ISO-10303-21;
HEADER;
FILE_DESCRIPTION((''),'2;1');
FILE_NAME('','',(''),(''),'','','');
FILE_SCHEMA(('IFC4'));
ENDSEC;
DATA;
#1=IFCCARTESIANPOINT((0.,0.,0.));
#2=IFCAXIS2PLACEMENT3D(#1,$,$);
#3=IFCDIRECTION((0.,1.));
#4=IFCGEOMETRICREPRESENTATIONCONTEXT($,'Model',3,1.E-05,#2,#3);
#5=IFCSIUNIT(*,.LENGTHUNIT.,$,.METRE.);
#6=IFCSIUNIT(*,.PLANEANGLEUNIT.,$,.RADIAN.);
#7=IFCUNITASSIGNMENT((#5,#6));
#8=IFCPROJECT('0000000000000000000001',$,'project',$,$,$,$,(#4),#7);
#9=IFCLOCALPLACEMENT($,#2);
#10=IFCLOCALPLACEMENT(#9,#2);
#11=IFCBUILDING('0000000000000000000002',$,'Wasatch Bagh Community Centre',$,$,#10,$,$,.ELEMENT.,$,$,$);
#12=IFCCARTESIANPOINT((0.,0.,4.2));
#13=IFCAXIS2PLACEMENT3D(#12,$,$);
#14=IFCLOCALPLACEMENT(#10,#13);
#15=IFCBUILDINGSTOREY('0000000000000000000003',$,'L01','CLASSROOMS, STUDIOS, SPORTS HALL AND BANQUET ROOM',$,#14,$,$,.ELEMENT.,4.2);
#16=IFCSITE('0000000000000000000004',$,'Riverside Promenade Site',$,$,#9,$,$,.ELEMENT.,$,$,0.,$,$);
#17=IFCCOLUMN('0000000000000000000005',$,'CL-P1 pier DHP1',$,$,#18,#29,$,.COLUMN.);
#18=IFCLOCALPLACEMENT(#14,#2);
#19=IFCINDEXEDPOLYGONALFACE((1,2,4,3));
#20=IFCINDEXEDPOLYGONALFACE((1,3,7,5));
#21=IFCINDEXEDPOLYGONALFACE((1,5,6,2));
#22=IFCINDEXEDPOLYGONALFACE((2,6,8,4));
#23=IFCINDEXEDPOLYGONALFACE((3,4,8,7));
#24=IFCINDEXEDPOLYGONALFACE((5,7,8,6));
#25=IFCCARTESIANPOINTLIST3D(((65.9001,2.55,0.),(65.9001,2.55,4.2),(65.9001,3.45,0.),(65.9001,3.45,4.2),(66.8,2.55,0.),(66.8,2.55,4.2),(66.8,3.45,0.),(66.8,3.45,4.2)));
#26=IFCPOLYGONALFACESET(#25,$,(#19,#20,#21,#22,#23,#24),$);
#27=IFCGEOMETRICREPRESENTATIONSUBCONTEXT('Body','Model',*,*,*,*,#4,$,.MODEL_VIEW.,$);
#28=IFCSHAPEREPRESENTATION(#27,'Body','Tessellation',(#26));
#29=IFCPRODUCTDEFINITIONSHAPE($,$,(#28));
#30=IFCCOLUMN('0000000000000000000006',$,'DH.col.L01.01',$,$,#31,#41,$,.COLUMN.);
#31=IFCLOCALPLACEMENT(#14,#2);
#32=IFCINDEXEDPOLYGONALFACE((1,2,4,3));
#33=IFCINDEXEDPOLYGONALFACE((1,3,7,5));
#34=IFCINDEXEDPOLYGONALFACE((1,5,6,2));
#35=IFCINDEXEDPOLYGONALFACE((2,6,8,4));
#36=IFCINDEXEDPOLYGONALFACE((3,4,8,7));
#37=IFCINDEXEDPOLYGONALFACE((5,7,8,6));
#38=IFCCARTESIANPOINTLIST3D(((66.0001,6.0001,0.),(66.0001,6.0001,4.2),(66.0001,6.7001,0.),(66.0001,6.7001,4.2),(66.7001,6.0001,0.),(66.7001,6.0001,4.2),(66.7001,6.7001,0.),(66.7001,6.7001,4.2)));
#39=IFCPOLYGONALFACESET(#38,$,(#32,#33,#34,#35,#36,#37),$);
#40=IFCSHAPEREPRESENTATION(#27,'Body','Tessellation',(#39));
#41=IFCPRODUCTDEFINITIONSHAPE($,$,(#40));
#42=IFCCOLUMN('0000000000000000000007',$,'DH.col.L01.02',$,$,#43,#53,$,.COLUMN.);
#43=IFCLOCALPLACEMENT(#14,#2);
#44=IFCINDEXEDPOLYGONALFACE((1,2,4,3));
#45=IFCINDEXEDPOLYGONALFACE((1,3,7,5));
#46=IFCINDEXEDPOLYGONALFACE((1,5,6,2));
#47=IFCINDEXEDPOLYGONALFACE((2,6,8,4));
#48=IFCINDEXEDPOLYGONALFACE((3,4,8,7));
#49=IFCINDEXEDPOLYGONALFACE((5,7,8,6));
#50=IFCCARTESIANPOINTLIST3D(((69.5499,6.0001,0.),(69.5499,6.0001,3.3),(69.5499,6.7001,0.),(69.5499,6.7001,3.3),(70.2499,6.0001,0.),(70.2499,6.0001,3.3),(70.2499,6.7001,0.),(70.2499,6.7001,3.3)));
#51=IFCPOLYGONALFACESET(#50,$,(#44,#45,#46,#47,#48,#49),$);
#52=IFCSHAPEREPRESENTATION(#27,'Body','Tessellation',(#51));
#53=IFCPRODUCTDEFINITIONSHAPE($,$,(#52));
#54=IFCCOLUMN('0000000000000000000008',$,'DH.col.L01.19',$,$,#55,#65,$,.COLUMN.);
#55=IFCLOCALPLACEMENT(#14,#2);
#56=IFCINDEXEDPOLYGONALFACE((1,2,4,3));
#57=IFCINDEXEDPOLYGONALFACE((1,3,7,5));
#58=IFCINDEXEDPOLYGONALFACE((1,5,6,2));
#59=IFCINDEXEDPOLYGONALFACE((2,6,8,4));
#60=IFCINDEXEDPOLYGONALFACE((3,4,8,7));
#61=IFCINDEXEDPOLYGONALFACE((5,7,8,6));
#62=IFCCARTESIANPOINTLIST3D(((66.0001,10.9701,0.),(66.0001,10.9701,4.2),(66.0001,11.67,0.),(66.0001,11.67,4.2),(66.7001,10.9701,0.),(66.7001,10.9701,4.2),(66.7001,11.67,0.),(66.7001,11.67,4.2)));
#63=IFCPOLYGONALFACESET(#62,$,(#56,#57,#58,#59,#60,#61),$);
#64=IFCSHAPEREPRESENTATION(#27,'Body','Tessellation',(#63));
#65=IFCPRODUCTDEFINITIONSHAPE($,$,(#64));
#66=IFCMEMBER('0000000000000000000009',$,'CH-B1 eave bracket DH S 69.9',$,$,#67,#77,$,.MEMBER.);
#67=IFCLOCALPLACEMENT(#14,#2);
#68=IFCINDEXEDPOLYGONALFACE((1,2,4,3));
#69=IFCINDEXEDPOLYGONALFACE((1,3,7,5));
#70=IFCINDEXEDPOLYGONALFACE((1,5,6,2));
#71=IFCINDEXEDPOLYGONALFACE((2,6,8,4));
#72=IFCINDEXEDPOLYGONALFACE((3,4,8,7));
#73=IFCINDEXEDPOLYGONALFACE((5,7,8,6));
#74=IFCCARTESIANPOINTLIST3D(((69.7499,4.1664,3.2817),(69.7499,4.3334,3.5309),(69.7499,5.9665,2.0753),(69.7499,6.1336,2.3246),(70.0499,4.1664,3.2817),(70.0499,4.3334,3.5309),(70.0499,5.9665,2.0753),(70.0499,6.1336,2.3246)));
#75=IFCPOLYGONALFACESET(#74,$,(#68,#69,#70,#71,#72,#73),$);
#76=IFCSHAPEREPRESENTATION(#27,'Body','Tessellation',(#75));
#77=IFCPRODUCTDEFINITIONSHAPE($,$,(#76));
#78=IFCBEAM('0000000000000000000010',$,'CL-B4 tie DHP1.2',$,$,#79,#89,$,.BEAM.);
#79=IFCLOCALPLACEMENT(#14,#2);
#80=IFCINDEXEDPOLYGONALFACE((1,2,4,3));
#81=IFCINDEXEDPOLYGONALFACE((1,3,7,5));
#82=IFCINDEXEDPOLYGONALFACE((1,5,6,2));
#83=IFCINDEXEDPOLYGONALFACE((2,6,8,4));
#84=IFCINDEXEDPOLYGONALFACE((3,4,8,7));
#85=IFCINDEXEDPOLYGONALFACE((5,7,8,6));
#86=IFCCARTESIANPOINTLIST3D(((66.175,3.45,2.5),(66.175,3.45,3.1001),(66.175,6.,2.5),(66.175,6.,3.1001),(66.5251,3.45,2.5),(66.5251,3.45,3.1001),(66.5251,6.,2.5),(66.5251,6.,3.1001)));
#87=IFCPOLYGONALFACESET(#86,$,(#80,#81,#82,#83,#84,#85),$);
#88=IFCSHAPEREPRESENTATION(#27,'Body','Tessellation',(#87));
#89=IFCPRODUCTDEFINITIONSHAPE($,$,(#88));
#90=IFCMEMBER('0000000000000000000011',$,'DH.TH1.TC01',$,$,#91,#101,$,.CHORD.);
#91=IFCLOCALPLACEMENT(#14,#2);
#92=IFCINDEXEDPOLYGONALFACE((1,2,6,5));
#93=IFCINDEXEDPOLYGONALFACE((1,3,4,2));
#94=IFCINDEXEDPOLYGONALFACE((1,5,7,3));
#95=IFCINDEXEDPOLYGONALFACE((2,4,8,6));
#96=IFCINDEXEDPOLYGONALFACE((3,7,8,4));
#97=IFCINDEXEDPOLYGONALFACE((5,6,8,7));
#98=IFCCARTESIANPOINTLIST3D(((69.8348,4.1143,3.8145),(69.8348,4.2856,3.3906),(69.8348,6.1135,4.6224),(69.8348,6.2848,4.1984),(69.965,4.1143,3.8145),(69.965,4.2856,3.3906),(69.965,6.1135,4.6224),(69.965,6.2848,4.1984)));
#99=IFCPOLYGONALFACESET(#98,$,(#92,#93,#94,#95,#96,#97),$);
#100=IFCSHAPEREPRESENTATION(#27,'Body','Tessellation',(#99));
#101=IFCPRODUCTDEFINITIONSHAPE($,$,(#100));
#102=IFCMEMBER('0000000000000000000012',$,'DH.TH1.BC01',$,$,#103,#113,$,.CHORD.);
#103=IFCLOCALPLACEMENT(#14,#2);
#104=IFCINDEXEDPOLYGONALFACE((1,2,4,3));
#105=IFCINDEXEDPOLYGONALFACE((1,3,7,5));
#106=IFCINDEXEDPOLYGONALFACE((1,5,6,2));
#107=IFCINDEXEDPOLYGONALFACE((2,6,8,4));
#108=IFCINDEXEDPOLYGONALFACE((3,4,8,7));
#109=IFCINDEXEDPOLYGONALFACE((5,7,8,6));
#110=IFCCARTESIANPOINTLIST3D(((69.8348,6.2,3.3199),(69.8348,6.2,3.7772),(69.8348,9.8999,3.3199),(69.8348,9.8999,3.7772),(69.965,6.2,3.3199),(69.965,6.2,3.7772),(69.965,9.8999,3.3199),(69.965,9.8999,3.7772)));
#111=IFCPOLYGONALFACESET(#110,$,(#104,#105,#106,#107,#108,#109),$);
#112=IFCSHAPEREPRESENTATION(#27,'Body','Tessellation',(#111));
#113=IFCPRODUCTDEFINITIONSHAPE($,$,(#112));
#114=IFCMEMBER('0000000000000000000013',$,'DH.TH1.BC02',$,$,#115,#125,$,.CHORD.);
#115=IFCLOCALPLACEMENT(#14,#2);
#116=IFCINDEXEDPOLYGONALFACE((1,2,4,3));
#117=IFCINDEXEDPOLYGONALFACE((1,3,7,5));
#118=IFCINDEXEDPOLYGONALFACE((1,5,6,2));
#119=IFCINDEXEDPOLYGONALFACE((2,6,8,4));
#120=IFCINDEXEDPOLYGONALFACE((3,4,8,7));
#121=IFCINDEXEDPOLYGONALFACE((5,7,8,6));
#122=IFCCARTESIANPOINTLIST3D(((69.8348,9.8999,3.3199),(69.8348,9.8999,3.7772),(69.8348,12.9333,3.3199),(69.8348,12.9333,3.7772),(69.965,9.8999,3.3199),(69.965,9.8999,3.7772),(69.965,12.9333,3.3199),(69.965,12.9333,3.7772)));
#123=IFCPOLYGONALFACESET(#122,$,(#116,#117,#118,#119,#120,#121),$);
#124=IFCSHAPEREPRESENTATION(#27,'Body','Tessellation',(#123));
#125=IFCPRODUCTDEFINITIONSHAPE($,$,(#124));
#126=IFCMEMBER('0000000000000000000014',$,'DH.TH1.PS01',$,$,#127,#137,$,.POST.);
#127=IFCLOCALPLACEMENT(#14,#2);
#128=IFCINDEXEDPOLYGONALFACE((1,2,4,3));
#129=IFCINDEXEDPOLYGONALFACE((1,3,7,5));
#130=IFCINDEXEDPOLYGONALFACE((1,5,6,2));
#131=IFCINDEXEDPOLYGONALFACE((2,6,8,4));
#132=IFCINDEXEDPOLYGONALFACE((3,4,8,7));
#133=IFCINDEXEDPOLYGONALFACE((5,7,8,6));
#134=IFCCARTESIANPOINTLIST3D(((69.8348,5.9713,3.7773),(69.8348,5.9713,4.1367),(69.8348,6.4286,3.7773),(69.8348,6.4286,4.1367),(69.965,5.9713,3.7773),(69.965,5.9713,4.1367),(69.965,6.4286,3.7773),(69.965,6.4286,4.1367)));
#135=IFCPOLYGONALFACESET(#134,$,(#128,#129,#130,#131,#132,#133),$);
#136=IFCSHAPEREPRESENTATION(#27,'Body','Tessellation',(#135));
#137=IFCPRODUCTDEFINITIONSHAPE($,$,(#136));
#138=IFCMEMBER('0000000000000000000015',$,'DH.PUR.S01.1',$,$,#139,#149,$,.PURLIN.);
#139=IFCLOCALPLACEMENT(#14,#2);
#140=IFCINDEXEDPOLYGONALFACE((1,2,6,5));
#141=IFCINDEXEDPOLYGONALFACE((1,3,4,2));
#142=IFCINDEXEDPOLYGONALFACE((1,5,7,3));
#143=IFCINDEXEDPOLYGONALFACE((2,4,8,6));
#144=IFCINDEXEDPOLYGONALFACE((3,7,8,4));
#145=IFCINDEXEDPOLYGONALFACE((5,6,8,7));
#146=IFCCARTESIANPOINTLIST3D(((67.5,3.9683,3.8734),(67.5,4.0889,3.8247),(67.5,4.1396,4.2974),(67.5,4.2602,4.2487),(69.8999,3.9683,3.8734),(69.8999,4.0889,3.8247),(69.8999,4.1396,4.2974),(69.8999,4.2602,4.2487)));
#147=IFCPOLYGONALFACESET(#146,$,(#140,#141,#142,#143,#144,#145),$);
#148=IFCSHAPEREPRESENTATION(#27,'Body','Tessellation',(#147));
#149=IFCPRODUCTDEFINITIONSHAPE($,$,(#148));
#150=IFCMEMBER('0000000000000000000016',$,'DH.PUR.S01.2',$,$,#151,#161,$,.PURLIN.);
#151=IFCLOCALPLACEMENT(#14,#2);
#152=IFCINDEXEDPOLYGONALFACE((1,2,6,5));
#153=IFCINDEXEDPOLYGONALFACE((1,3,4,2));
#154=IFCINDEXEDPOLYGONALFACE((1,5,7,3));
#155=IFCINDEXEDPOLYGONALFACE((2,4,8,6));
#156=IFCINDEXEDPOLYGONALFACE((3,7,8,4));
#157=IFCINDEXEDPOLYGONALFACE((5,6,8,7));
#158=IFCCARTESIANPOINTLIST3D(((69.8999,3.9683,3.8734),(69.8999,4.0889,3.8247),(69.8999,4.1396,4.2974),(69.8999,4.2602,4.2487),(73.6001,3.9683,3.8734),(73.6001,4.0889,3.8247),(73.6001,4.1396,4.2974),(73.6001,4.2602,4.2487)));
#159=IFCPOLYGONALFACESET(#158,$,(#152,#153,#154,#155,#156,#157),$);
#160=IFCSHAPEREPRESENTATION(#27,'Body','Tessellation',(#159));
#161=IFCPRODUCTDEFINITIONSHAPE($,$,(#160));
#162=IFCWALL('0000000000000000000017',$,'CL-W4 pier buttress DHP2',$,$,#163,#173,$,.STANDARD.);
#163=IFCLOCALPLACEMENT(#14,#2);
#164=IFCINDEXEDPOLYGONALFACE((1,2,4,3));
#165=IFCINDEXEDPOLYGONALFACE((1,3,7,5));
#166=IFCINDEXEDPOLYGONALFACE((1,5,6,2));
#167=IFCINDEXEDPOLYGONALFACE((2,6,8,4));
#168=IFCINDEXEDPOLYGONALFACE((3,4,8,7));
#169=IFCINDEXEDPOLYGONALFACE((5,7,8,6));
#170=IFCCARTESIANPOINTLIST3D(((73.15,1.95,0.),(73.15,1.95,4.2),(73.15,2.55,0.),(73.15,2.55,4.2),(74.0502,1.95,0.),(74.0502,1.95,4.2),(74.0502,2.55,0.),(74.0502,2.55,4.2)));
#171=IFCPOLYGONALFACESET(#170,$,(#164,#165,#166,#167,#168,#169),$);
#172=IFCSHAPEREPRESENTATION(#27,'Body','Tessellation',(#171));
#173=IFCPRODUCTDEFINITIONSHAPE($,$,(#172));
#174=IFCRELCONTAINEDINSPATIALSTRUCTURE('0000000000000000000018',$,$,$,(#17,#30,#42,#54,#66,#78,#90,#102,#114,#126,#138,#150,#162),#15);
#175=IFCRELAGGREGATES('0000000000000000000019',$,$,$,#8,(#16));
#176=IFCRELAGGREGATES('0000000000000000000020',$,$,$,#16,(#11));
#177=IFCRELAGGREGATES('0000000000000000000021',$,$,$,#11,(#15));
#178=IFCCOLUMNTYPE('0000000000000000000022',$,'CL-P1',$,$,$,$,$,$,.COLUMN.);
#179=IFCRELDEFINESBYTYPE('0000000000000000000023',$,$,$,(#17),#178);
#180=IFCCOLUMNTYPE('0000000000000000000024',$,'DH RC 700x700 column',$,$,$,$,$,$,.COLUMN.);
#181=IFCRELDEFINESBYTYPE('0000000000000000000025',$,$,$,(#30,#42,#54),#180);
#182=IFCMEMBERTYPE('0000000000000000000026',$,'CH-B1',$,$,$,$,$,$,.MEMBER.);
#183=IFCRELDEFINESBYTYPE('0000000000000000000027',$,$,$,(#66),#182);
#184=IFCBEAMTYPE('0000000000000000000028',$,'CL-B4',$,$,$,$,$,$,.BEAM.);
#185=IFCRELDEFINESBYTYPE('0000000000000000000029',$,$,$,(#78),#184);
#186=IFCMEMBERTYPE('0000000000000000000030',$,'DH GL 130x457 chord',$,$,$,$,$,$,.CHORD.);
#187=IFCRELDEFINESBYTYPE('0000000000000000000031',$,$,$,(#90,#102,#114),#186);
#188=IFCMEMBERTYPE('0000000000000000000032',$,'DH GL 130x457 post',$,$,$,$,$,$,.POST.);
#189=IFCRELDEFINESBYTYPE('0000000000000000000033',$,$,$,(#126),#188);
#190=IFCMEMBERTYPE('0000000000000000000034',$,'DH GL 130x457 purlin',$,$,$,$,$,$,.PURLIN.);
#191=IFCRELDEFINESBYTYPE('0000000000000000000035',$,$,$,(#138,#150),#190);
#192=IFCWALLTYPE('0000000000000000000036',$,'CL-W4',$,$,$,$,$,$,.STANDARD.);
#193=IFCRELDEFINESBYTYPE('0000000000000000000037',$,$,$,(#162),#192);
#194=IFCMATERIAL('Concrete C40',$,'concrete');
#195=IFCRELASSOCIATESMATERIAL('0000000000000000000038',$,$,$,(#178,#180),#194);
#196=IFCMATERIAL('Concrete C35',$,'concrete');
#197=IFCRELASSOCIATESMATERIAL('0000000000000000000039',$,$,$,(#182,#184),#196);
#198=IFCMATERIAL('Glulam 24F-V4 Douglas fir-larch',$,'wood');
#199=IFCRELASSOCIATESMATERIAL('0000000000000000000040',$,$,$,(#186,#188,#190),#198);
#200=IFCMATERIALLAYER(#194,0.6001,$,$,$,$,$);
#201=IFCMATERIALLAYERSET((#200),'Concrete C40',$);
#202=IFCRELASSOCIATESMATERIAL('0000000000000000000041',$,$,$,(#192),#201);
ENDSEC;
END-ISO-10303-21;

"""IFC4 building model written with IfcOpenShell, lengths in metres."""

from ifc_helpers import new_model, si_unit, direction, frame, frame_2d, origin, origin_2d, place, context, subcontext, project, spatial, rectangle, extrude, material, layer, layer_set, material_profile, profile_set, type_object, element, save


model = new_model("IFC4")

# Units and contexts
model_context = context("Model", 3, precision=1e-05, world=origin(), true_north=direction((0.0, 1.0)))
body_context = subcontext(model_context, "Body", "Model", "MODEL_VIEW")
ifc_project = project(units=[si_unit("LENGTHUNIT", "METRE"), si_unit("PLANEANGLEUNIT", "RADIAN")], contexts=[model_context])

# Site, building, storey
site_placement = place(None, origin())
site = spatial("IfcSite", under=ifc_project, at=site_placement, Name="Riverside Promenade Site", CompositionType="ELEMENT", RefElevation=0.0)
building_placement = place(site_placement, origin())
building = spatial("IfcBuilding", under=site, at=building_placement, Name="Wasatch Bagh Community Centre", CompositionType="ELEMENT")
storey_placement = place(building_placement, frame((0.0, 0.0, 4.2)))
storey = spatial("IfcBuildingStorey", under=building, at=storey_placement, Name="L01", Description="CLASSROOMS, STUDIOS, SPORTS HALL AND BANQUET ROOM", CompositionType="ELEMENT", Elevation=4.2)

# Columns
ifc_material_1 = material(Name="Concrete C40", Category="concrete")
ifc_material_profile_1 = material_profile(ifc_material_1, rectangle(XDim=0.8999, YDim=0.8999, at=origin_2d()), Name="RC 900x900")
ifc_profile_set_1 = profile_set([ifc_material_profile_1], Name="Concrete C40")
column_type_1 = type_object("IfcColumnType", Name="CL-P1", PredefinedType="COLUMN", material=ifc_profile_set_1)
column_1_placement = place(storey_placement, frame((66.3501, 3.0, 0.0), z_axis=(0.0, 0.0, 1.0), x_axis=(1.0, 0.0, 0.0)))
element("IfcColumn", 1, at=column_1_placement, inside=storey, type_object=column_type_1, Name="CL-P1 pier DHP1", PredefinedType="COLUMN", context=body_context, shape_type="SweptSolid", body=[
    extrude(rectangle(XDim=0.8999, YDim=0.8999, at=origin_2d()), origin(), (0.0, 0.0, 1.0), 4.2),
])
ifc_material_profile_2 = material_profile(ifc_material_1, rectangle(XDim=0.7, YDim=0.7, at=origin_2d()), Name="RC 700x700")
ifc_profile_set_2 = profile_set([ifc_material_profile_2], Name="Concrete C40")
column_type_2 = type_object("IfcColumnType", Name="DH RC 700x700 column", PredefinedType="COLUMN", material=ifc_profile_set_2)
column_2_placement = place(storey_placement, frame((66.3501, 6.3501, 0.0), z_axis=(0.0, 0.0, 1.0), x_axis=(1.0, 0.0, 0.0)))
element("IfcColumn", 2, at=column_2_placement, inside=storey, type_object=column_type_2, Name="DH.col.L01.01", PredefinedType="COLUMN", context=body_context, shape_type="SweptSolid", body=[
    extrude(rectangle(XDim=0.7, YDim=0.7, at=origin_2d()), origin(), (0.0, 0.0, 1.0), 4.2),
])
column_3_placement = place(storey_placement, frame((69.8999, 6.3501, 0.0), z_axis=(0.0, 0.0, 1.0), x_axis=(1.0, 0.0, 0.0)))
element("IfcColumn", 3, at=column_3_placement, inside=storey, type_object=column_type_2, Name="DH.col.L01.02", PredefinedType="COLUMN", context=body_context, shape_type="SweptSolid", body=[
    extrude(rectangle(XDim=0.7, YDim=0.7, at=origin_2d()), origin(), (0.0, 0.0, 1.0), 3.3),
])
column_4_placement = place(storey_placement, frame((66.3501, 11.3201, 0.0), z_axis=(0.0, 0.0, 1.0), x_axis=(1.0, 0.0, 0.0)))
element("IfcColumn", 4, at=column_4_placement, inside=storey, type_object=column_type_2, Name="DH.col.L01.19", PredefinedType="COLUMN", context=body_context, shape_type="SweptSolid", body=[
    extrude(rectangle(XDim=0.7, YDim=0.7, at=origin_2d()), origin(), (0.0, 0.0, 1.0), 4.2),
])

# Member
ifc_material_2 = material(Name="Concrete C35", Category="concrete")
ifc_material_profile_3 = material_profile(ifc_material_2, rectangle(XDim=0.3, YDim=0.3, at=origin_2d()), Name="RC 300x300")
ifc_profile_set_3 = profile_set([ifc_material_profile_3], Name="Concrete C35")
member_type_1 = type_object("IfcMemberType", Name="CH-B1", PredefinedType="MEMBER", material=ifc_profile_set_3)
member_1_placement = place(storey_placement, frame((69.8999, 6.05, 2.2), z_axis=(0.0, -0.830713, 0.556701), x_axis=(1.0, 0.0, 0.0)))
element("IfcMember", 5, at=member_1_placement, inside=storey, type_object=member_type_1, Name="CH-B1 eave bracket DH S 69.9", PredefinedType="MEMBER", context=body_context, shape_type="SweptSolid", body=[
    extrude(rectangle(XDim=0.3, YDim=0.3, at=origin_2d()), origin(), (0.0, 0.0, 1.0), 2.167),
])

# Beam
ifc_material_profile_4 = material_profile(ifc_material_2, rectangle(XDim=0.3501, YDim=0.6001, at=origin_2d()), Name="RC 350x600")
ifc_profile_set_4 = profile_set([ifc_material_profile_4], Name="Concrete C35")
beam_type = type_object("IfcBeamType", Name="CL-B4", PredefinedType="BEAM", material=ifc_profile_set_4)
beam_placement = place(storey_placement, frame((66.3501, 6.0, 2.8), z_axis=(0.0, -1.0, 0.0), x_axis=(1.0, 0.0, 0.0)))
element("IfcBeam", 6, at=beam_placement, inside=storey, type_object=beam_type, Name="CL-B4 tie DHP1.2", PredefinedType="BEAM", context=body_context, shape_type="SweptSolid", body=[
    extrude(rectangle(XDim=0.3501, YDim=0.6001, at=origin_2d()), origin(), (0.0, 0.0, 1.0), 2.55),
])

# Members
ifc_material_3 = material(Name="Glulam 24F-V4 Douglas fir-larch", Category="wood")
ifc_material_profile_5 = material_profile(ifc_material_3, rectangle(XDim=0.1301, YDim=0.4573, at=origin_2d()), Name="GL 130x457")
ifc_profile_set_5 = profile_set([ifc_material_profile_5], Name="Glulam 24F-V4 Douglas fir-larch")
member_type_2 = type_object("IfcMemberType", Name="DH GL 130x457 chord", PredefinedType="CHORD", material=ifc_profile_set_5)
member_2_placement = place(storey_placement, frame((69.8999, 4.2, 3.6025), z_axis=(0.0, 0.927167, 0.374648), x_axis=(-1.0, 0.0, 0.0)))
element("IfcMember", 7, at=member_2_placement, inside=storey, type_object=member_type_2, Name="DH.TH1.TC01", PredefinedType="CHORD", context=body_context, shape_type="SweptSolid", body=[
    extrude(rectangle(XDim=0.1301, YDim=0.4573, at=origin_2d()), origin(), (0.0, 0.0, 1.0), 2.1562),
])
member_3_placement = place(storey_placement, frame((69.8999, 6.2, 3.5486), z_axis=(0.0, 1.0, 0.0), x_axis=(-1.0, 0.0, 0.0)))
element("IfcMember", 8, at=member_3_placement, inside=storey, type_object=member_type_2, Name="DH.TH1.BC01", PredefinedType="CHORD", context=body_context, shape_type="SweptSolid", body=[
    extrude(rectangle(XDim=0.1301, YDim=0.4573, at=origin_2d()), origin(), (0.0, 0.0, 1.0), 3.7),
])
member_4_placement = place(storey_placement, frame((69.8999, 9.8999, 3.5486), z_axis=(0.0, 1.0, 0.0), x_axis=(-1.0, 0.0, 0.0)))
element("IfcMember", 9, at=member_4_placement, inside=storey, type_object=member_type_2, Name="DH.TH1.BC02", PredefinedType="CHORD", context=body_context, shape_type="SweptSolid", body=[
    extrude(rectangle(XDim=0.1301, YDim=0.4573, at=origin_2d()), origin(), (0.0, 0.0, 1.0), 3.0334),
])
ifc_material_profile_6 = material_profile(ifc_material_3, rectangle(XDim=0.1301, YDim=0.4573, at=origin_2d()), Name="GL 130x457")
ifc_profile_set_6 = profile_set([ifc_material_profile_6], Name="Glulam 24F-V4 Douglas fir-larch")
member_type_3 = type_object("IfcMemberType", Name="DH GL 130x457 post", PredefinedType="POST", material=ifc_profile_set_6)
member_5_placement = place(storey_placement, frame((69.8999, 6.2, 3.7773), z_axis=(0.0, 0.0, 1.0), x_axis=(1.0, 0.0, 0.0)))
element("IfcMember", 10, at=member_5_placement, inside=storey, type_object=member_type_3, Name="DH.TH1.PS01", PredefinedType="POST", context=body_context, shape_type="SweptSolid", body=[
    extrude(rectangle(XDim=0.1301, YDim=0.4573, at=origin_2d()), origin(), (0.0, 0.0, 1.0), 0.3594),
])
ifc_material_profile_7 = material_profile(ifc_material_3, rectangle(XDim=0.1301, YDim=0.4573, at=origin_2d()), Name="GL 130x457")
ifc_profile_set_7 = profile_set([ifc_material_profile_7], Name="Glulam 24F-V4 Douglas fir-larch")
member_type_4 = type_object("IfcMemberType", Name="DH GL 130x457 purlin", PredefinedType="PURLIN", material=ifc_profile_set_7)
member_6_placement = place(storey_placement, frame((67.5, 4.1143, 4.061), z_axis=(1.0, 0.0, 0.0), x_axis=(0.0, 0.927184, -0.374607)))
element("IfcMember", 11, at=member_6_placement, inside=storey, type_object=member_type_4, Name="DH.PUR.S01.1", PredefinedType="PURLIN", context=body_context, shape_type="SweptSolid", body=[
    extrude(rectangle(XDim=0.1301, YDim=0.4573, at=origin_2d()), origin(), (0.0, 0.0, 1.0), 2.3999),
])
member_7_placement = place(storey_placement, frame((69.8999, 4.1143, 4.061), z_axis=(1.0, 0.0, 0.0), x_axis=(0.0, 0.927184, -0.374607)))
element("IfcMember", 12, at=member_7_placement, inside=storey, type_object=member_type_4, Name="DH.PUR.S01.2", PredefinedType="PURLIN", context=body_context, shape_type="SweptSolid", body=[
    extrude(rectangle(XDim=0.1301, YDim=0.4573, at=origin_2d()), origin(), (0.0, 0.0, 1.0), 3.7002),
])

# Wall
ifc_layer_1 = layer(ifc_material_1, 0.6001)
ifc_layer_set_1 = layer_set([ifc_layer_1], Name="Concrete C40")
wall_type_1 = type_object("IfcWallType", Name="CL-W4", PredefinedType="STANDARD", material=ifc_layer_set_1)
wall_1_placement = place(storey_placement, frame((73.1499, 2.25, 0.0), z_axis=(0.0, 0.0, 1.0), x_axis=(1.0, 0.0, 0.0)))
element("IfcWall", 13, at=wall_1_placement, inside=storey, type_object=wall_type_1, Name="CL-W4 pier buttress DHP2", PredefinedType="STANDARD", context=body_context, shape_type="SweptSolid", body=[
    extrude(rectangle(XDim=0.9001, YDim=0.6001, at=frame_2d((0.4502, 0.0))), origin(), (0.0, 0.0, 1.0), 4.2),
])

save(model, "model.ifc")
